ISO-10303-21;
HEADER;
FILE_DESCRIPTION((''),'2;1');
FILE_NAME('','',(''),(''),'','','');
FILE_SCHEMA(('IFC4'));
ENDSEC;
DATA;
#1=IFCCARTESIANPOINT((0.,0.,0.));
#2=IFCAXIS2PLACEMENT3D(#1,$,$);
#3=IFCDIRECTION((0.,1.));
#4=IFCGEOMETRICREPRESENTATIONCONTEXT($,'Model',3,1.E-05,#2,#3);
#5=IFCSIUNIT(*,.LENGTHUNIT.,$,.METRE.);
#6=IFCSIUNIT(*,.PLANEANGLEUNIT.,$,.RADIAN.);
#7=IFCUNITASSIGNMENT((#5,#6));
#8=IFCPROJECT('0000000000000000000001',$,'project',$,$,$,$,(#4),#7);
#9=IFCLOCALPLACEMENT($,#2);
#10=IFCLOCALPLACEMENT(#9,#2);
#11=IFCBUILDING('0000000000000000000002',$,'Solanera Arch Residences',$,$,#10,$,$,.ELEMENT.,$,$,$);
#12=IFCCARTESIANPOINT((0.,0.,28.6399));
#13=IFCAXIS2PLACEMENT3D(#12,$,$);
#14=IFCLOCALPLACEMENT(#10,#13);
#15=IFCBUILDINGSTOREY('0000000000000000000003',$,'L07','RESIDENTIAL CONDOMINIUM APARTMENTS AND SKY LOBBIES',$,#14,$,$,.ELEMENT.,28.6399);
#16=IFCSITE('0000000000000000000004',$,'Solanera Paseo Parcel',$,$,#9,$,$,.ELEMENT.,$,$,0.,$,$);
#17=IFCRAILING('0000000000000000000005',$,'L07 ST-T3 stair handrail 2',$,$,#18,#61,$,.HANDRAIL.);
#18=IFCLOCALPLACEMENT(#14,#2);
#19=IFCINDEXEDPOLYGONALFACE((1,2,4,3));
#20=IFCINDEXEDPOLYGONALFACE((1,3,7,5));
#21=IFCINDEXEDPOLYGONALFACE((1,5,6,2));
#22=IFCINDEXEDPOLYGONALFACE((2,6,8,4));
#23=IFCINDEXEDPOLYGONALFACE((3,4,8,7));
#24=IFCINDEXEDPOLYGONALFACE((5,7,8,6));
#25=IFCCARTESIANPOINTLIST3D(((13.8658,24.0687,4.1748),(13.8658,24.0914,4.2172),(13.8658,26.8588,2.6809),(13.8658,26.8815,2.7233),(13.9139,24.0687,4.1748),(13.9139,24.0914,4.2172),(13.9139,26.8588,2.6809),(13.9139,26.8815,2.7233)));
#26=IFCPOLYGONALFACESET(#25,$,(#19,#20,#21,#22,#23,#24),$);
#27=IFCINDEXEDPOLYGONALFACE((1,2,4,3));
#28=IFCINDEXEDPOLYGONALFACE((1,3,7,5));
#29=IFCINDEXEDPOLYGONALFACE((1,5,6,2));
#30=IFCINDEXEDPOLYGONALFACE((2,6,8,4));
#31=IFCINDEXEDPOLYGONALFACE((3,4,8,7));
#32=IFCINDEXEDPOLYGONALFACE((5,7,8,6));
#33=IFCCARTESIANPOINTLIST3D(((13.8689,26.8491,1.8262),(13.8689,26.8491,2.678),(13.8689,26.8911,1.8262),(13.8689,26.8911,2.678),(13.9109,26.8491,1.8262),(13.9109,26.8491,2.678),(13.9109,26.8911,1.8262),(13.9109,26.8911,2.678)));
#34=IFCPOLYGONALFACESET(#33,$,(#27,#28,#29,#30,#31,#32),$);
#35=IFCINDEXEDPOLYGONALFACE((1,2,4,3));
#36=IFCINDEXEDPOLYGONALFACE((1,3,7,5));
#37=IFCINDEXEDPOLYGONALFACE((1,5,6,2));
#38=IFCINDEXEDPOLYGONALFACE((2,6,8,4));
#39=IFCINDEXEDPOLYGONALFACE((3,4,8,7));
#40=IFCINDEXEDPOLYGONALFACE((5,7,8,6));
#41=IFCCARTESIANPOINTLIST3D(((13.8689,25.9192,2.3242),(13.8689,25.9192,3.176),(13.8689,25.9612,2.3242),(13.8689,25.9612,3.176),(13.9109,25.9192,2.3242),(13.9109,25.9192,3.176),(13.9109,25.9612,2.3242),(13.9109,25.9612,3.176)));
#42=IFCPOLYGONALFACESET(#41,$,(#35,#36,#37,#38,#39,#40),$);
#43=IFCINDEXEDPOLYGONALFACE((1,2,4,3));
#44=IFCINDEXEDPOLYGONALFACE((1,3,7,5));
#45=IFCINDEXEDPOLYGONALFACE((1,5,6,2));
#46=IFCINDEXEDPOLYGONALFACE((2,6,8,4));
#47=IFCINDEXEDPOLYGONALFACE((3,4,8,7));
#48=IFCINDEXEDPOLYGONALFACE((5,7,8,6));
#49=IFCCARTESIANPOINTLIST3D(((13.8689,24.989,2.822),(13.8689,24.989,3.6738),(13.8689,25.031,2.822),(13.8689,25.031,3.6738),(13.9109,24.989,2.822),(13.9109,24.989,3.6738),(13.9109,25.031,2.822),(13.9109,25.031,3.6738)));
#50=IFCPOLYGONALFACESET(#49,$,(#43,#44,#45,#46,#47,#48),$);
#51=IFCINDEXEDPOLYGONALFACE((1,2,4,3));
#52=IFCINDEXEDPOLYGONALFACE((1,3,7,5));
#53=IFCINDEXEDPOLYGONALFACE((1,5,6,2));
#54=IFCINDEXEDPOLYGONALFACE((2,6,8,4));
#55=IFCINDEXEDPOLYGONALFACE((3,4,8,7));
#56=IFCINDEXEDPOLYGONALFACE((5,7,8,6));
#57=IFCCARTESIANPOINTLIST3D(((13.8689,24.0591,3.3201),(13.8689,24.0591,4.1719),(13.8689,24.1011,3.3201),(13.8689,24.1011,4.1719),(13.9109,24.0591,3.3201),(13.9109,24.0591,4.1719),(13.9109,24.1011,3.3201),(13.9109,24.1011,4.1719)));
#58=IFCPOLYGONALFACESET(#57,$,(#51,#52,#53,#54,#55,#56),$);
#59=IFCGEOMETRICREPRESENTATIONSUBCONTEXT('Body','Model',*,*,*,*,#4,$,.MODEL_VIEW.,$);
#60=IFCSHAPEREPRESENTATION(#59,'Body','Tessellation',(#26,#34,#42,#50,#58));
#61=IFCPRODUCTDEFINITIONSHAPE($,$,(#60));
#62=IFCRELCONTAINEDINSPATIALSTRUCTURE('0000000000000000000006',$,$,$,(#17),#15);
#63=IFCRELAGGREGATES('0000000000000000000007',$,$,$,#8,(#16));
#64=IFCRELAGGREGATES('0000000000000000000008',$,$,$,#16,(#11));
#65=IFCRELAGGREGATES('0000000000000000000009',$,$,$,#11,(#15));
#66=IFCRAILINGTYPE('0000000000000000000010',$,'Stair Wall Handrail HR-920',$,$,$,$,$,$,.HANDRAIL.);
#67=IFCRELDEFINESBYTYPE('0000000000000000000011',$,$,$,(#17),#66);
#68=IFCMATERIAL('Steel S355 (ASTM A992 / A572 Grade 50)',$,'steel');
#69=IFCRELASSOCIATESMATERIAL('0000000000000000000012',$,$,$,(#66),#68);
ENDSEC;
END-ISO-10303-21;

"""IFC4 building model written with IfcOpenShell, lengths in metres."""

from ifc_helpers import new_model, si_unit, direction, frame, origin, origin_2d, place, context, subcontext, project, spatial, rectangle, extrude, material, type_object, element, save


model = new_model("IFC4")

# Units and contexts
model_context = context("Model", 3, precision=1e-05, world=origin(), true_north=direction((0.0, 1.0)))
body_context = subcontext(model_context, "Body", "Model", "MODEL_VIEW")
ifc_project = project(units=[si_unit("LENGTHUNIT", "METRE"), si_unit("PLANEANGLEUNIT", "RADIAN")], contexts=[model_context])

# Site, building, storey
site_placement = place(None, origin())
site = spatial("IfcSite", under=ifc_project, at=site_placement, Name="Solanera Paseo Parcel", CompositionType="ELEMENT", RefElevation=0.0)
building_placement = place(site_placement, origin())
building = spatial("IfcBuilding", under=site, at=building_placement, Name="Solanera Arch Residences", CompositionType="ELEMENT")
storey_placement = place(building_placement, frame((0.0, 0.0, 28.6399)))
storey = spatial("IfcBuildingStorey", under=building, at=storey_placement, Name="L07", Description="RESIDENTIAL CONDOMINIUM APARTMENTS AND SKY LOBBIES", CompositionType="ELEMENT", Elevation=28.6399)

# Railing
ifc_material_1 = material(Name="Steel S355 (ASTM A992 / A572 Grade 50)", Category="steel")
railing_type_1 = type_object("IfcRailingType", Name="Stair Wall Handrail HR-920", PredefinedType="HANDRAIL", material=ifc_material_1)
railing_1_placement = place(storey_placement, frame((13.8899, 26.8701, 1.8262)))
element("IfcRailing", 1, at=railing_1_placement, inside=storey, type_object=railing_type_1, Name="L07 ST-T3 stair handrail 2", PredefinedType="HANDRAIL", context=body_context, shape_type="SweptSolid", body=[
    extrude(rectangle(XDim=0.0481, YDim=0.0481, at=origin_2d()), frame((0.0, 0.0, 0.876), z_axis=(0.0, -0.881581, 0.472033), x_axis=(1.0, 0.0, 0.0)), (0.0, 0.0, 1.0), 3.1648),
    extrude(rectangle(XDim=0.042, YDim=0.042, at=origin_2d()), origin(), (0.0, 0.0, 1.0), 0.8518),
    extrude(rectangle(XDim=0.042, YDim=0.042, at=origin_2d()), frame((0.0, -0.9299, 0.498)), (0.0, 0.0, 1.0), 0.8518),
    extrude(rectangle(XDim=0.042, YDim=0.042, at=origin_2d()), frame((0.0, -1.8601, 0.9958)), (0.0, 0.0, 1.0), 0.8518),
    extrude(rectangle(XDim=0.042, YDim=0.042, at=origin_2d()), frame((0.0, -2.79, 1.4939)), (0.0, 0.0, 1.0), 0.8518),
])

save(model, "model.ifc")
